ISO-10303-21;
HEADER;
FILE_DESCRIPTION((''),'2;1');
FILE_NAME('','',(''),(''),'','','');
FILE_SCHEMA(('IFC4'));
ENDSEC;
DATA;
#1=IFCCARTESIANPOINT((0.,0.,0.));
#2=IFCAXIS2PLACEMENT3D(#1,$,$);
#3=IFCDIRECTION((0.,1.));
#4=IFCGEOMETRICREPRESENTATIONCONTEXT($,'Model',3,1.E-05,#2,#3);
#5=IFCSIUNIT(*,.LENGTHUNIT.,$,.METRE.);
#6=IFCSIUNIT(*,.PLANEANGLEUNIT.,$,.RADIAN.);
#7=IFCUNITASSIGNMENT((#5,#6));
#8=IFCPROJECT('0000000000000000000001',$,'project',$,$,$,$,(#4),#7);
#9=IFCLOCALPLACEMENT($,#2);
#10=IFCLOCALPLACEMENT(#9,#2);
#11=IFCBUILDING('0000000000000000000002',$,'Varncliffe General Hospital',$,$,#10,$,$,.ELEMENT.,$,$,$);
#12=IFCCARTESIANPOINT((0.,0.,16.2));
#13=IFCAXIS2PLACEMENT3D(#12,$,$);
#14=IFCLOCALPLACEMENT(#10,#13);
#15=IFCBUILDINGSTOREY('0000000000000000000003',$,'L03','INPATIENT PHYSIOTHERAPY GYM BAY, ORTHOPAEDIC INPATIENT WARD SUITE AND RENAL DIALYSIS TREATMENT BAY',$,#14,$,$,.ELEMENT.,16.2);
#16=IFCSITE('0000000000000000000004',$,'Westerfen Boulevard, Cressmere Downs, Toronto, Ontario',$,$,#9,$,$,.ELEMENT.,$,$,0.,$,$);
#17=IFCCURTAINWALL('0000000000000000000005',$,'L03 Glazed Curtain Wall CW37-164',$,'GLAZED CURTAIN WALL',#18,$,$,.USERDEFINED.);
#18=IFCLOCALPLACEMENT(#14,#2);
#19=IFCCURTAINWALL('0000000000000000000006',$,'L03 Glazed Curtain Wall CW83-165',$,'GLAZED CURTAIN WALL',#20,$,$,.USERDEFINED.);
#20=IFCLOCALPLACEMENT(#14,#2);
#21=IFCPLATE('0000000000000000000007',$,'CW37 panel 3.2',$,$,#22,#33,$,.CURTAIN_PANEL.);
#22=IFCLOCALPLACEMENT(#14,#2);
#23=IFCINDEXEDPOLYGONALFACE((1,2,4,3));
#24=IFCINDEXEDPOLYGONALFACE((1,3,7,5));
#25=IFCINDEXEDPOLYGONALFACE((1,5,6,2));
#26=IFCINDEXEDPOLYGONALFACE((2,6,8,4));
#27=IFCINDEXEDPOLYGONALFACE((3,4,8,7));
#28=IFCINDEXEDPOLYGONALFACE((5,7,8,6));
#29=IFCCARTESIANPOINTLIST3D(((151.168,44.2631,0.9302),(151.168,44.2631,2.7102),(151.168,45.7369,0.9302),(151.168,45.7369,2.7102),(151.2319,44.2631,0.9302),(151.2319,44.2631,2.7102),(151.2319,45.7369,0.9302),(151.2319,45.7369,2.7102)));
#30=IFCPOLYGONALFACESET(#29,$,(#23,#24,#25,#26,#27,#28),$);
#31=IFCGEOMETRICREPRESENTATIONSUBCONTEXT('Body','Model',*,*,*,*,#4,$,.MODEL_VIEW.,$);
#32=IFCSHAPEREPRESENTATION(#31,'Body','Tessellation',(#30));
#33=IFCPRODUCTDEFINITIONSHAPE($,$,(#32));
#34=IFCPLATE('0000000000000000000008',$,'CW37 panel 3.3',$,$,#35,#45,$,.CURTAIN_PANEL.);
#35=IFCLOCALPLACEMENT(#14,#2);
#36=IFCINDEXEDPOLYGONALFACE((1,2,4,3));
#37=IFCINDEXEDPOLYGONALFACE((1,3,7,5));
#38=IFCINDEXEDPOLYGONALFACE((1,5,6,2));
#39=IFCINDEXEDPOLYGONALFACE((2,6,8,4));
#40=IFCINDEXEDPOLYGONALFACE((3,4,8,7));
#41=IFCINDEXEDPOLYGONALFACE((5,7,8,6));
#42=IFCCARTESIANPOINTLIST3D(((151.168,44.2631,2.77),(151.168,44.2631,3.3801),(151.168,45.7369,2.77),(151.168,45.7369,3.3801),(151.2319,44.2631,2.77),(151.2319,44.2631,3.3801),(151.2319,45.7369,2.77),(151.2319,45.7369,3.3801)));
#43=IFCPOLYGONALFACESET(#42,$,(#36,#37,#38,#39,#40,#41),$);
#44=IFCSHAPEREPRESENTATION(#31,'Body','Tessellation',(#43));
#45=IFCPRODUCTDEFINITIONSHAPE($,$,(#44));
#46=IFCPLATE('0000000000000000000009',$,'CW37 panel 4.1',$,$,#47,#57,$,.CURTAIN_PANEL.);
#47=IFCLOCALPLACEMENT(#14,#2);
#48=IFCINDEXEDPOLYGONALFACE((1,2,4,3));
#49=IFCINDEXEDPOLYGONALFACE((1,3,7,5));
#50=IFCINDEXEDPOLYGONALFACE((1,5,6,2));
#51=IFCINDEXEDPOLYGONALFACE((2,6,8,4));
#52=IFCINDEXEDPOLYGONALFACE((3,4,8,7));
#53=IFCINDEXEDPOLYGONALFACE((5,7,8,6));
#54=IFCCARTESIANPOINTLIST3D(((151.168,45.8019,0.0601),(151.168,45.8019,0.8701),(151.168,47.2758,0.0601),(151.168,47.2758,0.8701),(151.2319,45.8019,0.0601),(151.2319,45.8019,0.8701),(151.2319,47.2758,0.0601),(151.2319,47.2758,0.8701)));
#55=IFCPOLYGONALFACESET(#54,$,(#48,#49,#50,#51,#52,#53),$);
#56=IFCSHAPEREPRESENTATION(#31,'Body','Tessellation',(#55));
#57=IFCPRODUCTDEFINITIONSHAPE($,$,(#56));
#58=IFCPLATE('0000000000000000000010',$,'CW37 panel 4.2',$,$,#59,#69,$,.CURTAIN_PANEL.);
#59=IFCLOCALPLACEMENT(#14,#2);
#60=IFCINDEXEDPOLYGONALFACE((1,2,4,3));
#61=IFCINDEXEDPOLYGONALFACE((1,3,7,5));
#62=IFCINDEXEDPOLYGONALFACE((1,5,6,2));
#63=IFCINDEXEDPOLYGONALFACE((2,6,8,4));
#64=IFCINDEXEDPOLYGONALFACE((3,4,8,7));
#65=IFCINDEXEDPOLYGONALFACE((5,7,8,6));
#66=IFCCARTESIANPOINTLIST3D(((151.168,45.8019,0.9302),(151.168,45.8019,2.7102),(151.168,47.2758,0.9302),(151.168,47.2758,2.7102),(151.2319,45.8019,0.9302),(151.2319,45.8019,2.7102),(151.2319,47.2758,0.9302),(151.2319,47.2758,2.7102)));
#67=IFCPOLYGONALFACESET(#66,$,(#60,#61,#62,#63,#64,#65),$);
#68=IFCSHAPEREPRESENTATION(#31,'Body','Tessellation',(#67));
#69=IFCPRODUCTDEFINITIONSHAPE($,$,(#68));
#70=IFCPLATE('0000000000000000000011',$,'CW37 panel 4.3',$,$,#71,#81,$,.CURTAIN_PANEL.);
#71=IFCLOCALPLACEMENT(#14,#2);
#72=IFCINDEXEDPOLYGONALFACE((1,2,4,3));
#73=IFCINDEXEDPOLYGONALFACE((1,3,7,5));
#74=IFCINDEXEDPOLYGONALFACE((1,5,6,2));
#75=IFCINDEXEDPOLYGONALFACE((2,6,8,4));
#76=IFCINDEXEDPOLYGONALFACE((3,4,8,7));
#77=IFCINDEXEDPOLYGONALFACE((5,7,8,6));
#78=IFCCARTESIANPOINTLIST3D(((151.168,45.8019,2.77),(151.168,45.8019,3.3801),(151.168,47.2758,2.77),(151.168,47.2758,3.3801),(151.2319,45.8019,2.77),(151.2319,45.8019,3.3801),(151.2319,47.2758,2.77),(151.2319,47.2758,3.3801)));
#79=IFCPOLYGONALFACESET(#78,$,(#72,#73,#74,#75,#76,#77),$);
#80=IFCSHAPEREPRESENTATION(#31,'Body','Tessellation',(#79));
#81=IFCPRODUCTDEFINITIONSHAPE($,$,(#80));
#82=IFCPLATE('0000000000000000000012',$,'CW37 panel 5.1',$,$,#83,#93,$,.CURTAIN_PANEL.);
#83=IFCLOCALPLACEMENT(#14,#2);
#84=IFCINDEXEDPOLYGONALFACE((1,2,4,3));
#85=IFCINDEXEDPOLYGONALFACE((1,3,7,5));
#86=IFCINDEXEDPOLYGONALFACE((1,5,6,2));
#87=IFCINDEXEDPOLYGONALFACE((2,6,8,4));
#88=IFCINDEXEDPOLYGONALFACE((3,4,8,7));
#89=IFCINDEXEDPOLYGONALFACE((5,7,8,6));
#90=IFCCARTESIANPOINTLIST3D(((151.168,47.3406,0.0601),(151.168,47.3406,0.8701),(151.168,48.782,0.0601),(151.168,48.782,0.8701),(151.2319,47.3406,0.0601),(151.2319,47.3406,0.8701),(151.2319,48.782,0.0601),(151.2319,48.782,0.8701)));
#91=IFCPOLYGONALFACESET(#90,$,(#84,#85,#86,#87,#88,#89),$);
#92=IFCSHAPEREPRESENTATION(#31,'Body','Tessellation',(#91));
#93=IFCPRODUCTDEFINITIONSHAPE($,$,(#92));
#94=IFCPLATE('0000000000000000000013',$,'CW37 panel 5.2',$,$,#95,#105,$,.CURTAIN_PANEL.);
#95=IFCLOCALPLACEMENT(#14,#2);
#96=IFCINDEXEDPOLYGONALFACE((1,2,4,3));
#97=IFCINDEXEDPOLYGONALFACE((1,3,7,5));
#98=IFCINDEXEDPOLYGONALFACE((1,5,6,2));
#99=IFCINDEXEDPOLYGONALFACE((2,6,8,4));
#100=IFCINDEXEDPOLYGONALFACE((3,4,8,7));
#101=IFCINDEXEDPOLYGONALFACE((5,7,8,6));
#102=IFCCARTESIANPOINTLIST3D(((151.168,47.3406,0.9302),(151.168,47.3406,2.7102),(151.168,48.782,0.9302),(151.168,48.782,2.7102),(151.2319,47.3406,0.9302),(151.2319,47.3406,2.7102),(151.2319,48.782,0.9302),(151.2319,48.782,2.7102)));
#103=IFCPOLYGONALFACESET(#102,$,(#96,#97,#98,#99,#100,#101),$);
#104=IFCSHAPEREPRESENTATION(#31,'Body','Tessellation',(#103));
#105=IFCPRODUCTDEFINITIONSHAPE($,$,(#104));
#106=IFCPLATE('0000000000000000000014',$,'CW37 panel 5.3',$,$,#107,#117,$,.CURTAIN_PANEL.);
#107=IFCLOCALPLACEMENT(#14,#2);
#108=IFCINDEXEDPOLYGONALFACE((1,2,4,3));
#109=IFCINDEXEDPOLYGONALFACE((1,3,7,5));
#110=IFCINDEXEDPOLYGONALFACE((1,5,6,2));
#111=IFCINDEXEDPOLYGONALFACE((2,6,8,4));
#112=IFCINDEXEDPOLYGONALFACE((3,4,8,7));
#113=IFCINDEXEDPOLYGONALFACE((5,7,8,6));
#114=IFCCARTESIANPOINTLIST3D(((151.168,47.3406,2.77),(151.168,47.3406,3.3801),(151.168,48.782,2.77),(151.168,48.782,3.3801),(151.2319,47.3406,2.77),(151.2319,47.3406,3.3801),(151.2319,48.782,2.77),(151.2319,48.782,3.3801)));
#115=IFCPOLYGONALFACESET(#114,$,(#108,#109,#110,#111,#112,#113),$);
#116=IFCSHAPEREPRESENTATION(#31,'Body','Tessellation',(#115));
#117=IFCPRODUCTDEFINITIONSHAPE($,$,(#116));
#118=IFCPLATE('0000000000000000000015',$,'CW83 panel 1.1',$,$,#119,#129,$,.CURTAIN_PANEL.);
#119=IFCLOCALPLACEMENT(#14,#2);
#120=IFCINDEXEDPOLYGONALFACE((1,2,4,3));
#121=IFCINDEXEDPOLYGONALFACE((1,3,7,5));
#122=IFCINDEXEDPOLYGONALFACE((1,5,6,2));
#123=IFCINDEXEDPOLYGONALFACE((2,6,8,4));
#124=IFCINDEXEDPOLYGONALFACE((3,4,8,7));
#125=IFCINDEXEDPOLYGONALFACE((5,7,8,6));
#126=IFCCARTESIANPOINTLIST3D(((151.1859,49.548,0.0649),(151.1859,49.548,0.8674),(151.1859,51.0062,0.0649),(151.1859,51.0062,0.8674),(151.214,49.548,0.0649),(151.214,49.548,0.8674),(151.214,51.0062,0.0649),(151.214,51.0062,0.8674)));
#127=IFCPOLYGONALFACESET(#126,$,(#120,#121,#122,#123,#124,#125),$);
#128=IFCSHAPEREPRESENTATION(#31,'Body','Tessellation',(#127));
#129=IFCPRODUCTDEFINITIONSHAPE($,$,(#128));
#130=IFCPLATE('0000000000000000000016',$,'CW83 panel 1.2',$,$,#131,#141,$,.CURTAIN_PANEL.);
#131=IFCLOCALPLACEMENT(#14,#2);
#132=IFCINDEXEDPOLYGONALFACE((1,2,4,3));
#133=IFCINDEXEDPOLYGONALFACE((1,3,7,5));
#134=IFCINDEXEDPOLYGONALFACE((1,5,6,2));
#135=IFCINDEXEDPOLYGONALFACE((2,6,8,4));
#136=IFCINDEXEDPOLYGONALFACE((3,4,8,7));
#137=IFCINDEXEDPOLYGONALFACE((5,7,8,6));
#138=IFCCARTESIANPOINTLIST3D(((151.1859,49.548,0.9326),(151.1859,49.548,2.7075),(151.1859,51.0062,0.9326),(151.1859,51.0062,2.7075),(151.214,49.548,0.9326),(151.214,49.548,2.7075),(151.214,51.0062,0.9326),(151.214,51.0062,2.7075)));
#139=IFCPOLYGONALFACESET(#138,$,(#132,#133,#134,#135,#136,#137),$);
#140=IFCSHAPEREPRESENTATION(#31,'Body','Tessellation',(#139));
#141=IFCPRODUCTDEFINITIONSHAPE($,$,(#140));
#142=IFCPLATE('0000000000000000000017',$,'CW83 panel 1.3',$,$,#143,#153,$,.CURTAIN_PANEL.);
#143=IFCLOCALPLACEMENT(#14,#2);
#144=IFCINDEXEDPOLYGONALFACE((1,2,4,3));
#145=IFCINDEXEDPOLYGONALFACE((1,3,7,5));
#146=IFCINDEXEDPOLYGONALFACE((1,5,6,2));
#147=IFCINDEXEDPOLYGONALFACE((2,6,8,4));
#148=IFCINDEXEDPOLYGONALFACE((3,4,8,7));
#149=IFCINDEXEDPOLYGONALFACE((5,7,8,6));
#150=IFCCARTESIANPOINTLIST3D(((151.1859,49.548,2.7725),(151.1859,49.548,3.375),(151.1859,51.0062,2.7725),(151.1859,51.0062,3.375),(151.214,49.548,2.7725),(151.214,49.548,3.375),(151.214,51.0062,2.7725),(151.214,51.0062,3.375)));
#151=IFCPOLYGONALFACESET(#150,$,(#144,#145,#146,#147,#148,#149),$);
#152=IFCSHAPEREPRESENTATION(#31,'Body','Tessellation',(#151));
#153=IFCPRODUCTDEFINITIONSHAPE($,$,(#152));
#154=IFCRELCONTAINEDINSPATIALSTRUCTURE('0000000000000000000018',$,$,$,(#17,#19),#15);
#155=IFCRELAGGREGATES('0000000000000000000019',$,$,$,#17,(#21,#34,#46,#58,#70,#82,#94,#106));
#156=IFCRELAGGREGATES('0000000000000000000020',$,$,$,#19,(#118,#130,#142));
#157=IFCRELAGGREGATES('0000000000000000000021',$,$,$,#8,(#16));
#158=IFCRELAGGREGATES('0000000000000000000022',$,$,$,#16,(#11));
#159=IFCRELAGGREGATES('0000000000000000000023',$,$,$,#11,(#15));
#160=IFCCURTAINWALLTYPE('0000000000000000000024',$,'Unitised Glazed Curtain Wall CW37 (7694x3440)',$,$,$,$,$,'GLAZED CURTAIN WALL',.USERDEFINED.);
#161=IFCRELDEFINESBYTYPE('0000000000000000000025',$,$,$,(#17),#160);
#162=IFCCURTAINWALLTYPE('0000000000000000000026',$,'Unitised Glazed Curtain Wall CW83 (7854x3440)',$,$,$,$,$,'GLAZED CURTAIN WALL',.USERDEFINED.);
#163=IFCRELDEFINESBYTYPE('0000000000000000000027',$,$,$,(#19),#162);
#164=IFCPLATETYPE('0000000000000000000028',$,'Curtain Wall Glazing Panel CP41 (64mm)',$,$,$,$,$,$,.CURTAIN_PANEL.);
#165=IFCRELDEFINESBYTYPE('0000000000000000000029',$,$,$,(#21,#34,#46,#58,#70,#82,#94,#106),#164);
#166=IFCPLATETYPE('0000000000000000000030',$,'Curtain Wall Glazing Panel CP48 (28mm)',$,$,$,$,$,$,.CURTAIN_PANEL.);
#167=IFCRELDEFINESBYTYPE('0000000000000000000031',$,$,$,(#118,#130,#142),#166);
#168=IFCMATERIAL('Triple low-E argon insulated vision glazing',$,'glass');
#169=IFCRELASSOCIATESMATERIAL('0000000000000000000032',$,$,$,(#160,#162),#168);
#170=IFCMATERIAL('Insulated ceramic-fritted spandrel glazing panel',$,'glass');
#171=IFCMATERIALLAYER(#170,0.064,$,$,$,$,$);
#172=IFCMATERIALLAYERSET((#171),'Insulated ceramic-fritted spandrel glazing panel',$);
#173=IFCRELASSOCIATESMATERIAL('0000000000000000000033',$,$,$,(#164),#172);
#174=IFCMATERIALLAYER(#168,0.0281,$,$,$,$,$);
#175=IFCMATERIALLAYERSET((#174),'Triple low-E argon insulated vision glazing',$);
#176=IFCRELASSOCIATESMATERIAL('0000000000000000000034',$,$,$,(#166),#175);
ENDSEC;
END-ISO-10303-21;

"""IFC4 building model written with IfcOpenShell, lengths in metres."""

from ifc_helpers import new_model, si_unit, direction, frame, origin, origin_2d, place, context, subcontext, project, spatial, rectangle, extrude, material, layer, layer_set, type_object, element, aggregate, save


model = new_model("IFC4")

# Units and contexts
model_context = context("Model", 3, precision=1e-05, world=origin(), true_north=direction((0.0, 1.0)))
body_context = subcontext(model_context, "Body", "Model", "MODEL_VIEW")
ifc_project = project(units=[si_unit("LENGTHUNIT", "METRE"), si_unit("PLANEANGLEUNIT", "RADIAN")], contexts=[model_context])

# Site, building, storey
site_placement = place(None, origin())
site = spatial("IfcSite", under=ifc_project, at=site_placement, Name="Westerfen Boulevard, Cressmere Downs, Toronto, Ontario", CompositionType="ELEMENT", RefElevation=0.0)
building_placement = place(site_placement, origin())
building = spatial("IfcBuilding", under=site, at=building_placement, Name="Varncliffe General Hospital", CompositionType="ELEMENT")
storey_placement = place(building_placement, frame((0.0, 0.0, 16.2)))
storey = spatial("IfcBuildingStorey", under=building, at=storey_placement, Name="L03", Description="INPATIENT PHYSIOTHERAPY GYM BAY, ORTHOPAEDIC INPATIENT WARD SUITE AND RENAL DIALYSIS TREATMENT BAY", CompositionType="ELEMENT", Elevation=16.2)

# Curtain walls
ifc_material_1 = material(Name="Triple low-E argon insulated vision glazing", Category="glass")
curtain_wall_type_1 = type_object("IfcCurtainWallType", Name="Unitised Glazed Curtain Wall CW37 (7694x3440)", ElementType="GLAZED CURTAIN WALL", PredefinedType="USERDEFINED", material=ifc_material_1)
curtain_wall_1_placement = place(storey_placement, origin())
curtain_wall_1 = element("IfcCurtainWall", 1, at=curtain_wall_1_placement, inside=storey, type_object=curtain_wall_type_1, Name="L03 Glazed Curtain Wall CW37-164", ObjectType="GLAZED CURTAIN WALL", PredefinedType="USERDEFINED")
curtain_wall_type_2 = type_object("IfcCurtainWallType", Name="Unitised Glazed Curtain Wall CW83 (7854x3440)", ElementType="GLAZED CURTAIN WALL", PredefinedType="USERDEFINED", material=ifc_material_1)
curtain_wall_2_placement = place(storey_placement, origin())
curtain_wall_2 = element("IfcCurtainWall", 2, at=curtain_wall_2_placement, inside=storey, type_object=curtain_wall_type_2, Name="L03 Glazed Curtain Wall CW83-165", ObjectType="GLAZED CURTAIN WALL", PredefinedType="USERDEFINED")

# Plates
ifc_material_2 = material(Name="Insulated ceramic-fritted spandrel glazing panel", Category="glass")
ifc_layer_1 = layer(ifc_material_2, 0.064)
ifc_layer_set_1 = layer_set([ifc_layer_1], Name="Insulated ceramic-fritted spandrel glazing panel")
plate_type_1 = type_object("IfcPlateType", Name="Curtain Wall Glazing Panel CP41 (64mm)", PredefinedType="CURTAIN_PANEL", material=ifc_layer_set_1)
plate_1_placement = place(storey_placement, frame((151.2, 45.0, 0.9302), z_axis=(0.0, 0.0, 1.0), x_axis=(0.0, 1.0, 0.0)))
plate_1 = element("IfcPlate", 3, at=plate_1_placement, type_object=plate_type_1, Name="CW37 panel 3.2", PredefinedType="CURTAIN_PANEL", context=body_context, shape_type="SweptSolid", body=[
    extrude(rectangle(XDim=1.4739, YDim=0.064, at=origin_2d()), origin(), (0.0, 0.0, 1.0), 1.78),
])
plate_2_placement = place(storey_placement, frame((151.2, 45.0, 2.77), z_axis=(0.0, 0.0, 1.0), x_axis=(0.0, 1.0, 0.0)))
plate_2 = element("IfcPlate", 4, at=plate_2_placement, type_object=plate_type_1, Name="CW37 panel 3.3", PredefinedType="CURTAIN_PANEL", context=body_context, shape_type="SweptSolid", body=[
    extrude(rectangle(XDim=1.4739, YDim=0.064, at=origin_2d()), origin(), (0.0, 0.0, 1.0), 0.6101),
])
plate_3_placement = place(storey_placement, frame((151.2, 46.5388, 0.0601), z_axis=(0.0, 0.0, 1.0), x_axis=(0.0, 1.0, 0.0)))
plate_3 = element("IfcPlate", 5, at=plate_3_placement, type_object=plate_type_1, Name="CW37 panel 4.1", PredefinedType="CURTAIN_PANEL", context=body_context, shape_type="SweptSolid", body=[
    extrude(rectangle(XDim=1.4739, YDim=0.064, at=origin_2d()), origin(), (0.0, 0.0, 1.0), 0.8101),
])
plate_4_placement = place(storey_placement, frame((151.2, 46.5388, 0.9302), z_axis=(0.0, 0.0, 1.0), x_axis=(0.0, 1.0, 0.0)))
plate_4 = element("IfcPlate", 6, at=plate_4_placement, type_object=plate_type_1, Name="CW37 panel 4.2", PredefinedType="CURTAIN_PANEL", context=body_context, shape_type="SweptSolid", body=[
    extrude(rectangle(XDim=1.4739, YDim=0.064, at=origin_2d()), origin(), (0.0, 0.0, 1.0), 1.78),
])
plate_5_placement = place(storey_placement, frame((151.2, 46.5388, 2.77), z_axis=(0.0, 0.0, 1.0), x_axis=(0.0, 1.0, 0.0)))
plate_5 = element("IfcPlate", 7, at=plate_5_placement, type_object=plate_type_1, Name="CW37 panel 4.3", PredefinedType="CURTAIN_PANEL", context=body_context, shape_type="SweptSolid", body=[
    extrude(rectangle(XDim=1.4739, YDim=0.064, at=origin_2d()), origin(), (0.0, 0.0, 1.0), 0.6101),
])
plate_6_placement = place(storey_placement, frame((151.2, 48.0613, 0.0601), z_axis=(0.0, 0.0, 1.0), x_axis=(0.0, 1.0, 0.0)))
plate_6 = element("IfcPlate", 8, at=plate_6_placement, type_object=plate_type_1, Name="CW37 panel 5.1", PredefinedType="CURTAIN_PANEL", context=body_context, shape_type="SweptSolid", body=[
    extrude(rectangle(XDim=1.4414, YDim=0.064, at=origin_2d()), origin(), (0.0, 0.0, 1.0), 0.8101),
])
plate_7_placement = place(storey_placement, frame((151.2, 48.0613, 0.9302), z_axis=(0.0, 0.0, 1.0), x_axis=(0.0, 1.0, 0.0)))
plate_7 = element("IfcPlate", 9, at=plate_7_placement, type_object=plate_type_1, Name="CW37 panel 5.2", PredefinedType="CURTAIN_PANEL", context=body_context, shape_type="SweptSolid", body=[
    extrude(rectangle(XDim=1.4414, YDim=0.064, at=origin_2d()), origin(), (0.0, 0.0, 1.0), 1.78),
])
plate_8_placement = place(storey_placement, frame((151.2, 48.0613, 2.77), z_axis=(0.0, 0.0, 1.0), x_axis=(0.0, 1.0, 0.0)))
plate_8 = element("IfcPlate", 10, at=plate_8_placement, type_object=plate_type_1, Name="CW37 panel 5.3", PredefinedType="CURTAIN_PANEL", context=body_context, shape_type="SweptSolid", body=[
    extrude(rectangle(XDim=1.4414, YDim=0.064, at=origin_2d()), origin(), (0.0, 0.0, 1.0), 0.6101),
])
aggregate(curtain_wall_1, [plate_1, plate_2, plate_3, plate_4, plate_5, plate_6, plate_7, plate_8])
ifc_layer_2 = layer(ifc_material_1, 0.0281)
ifc_layer_set_2 = layer_set([ifc_layer_2], Name="Triple low-E argon insulated vision glazing")
plate_type_2 = type_object("IfcPlateType", Name="Curtain Wall Glazing Panel CP48 (28mm)", PredefinedType="CURTAIN_PANEL", material=ifc_layer_set_2)
plate_9_placement = place(storey_placement, frame((151.2, 50.2771, 0.0649), z_axis=(0.0, 0.0, 1.0), x_axis=(0.0, 1.0, 0.0)))
plate_9 = element("IfcPlate", 11, at=plate_9_placement, type_object=plate_type_2, Name="CW83 panel 1.1", PredefinedType="CURTAIN_PANEL", context=body_context, shape_type="SweptSolid", body=[
    extrude(rectangle(XDim=1.4583, YDim=0.0281, at=origin_2d()), origin(), (0.0, 0.0, 1.0), 0.8025),
])
plate_10_placement = place(storey_placement, frame((151.2, 50.2771, 0.9326), z_axis=(0.0, 0.0, 1.0), x_axis=(0.0, 1.0, 0.0)))
plate_10 = element("IfcPlate", 12, at=plate_10_placement, type_object=plate_type_2, Name="CW83 panel 1.2", PredefinedType="CURTAIN_PANEL", context=body_context, shape_type="SweptSolid", body=[
    extrude(rectangle(XDim=1.4583, YDim=0.0281, at=origin_2d()), origin(), (0.0, 0.0, 1.0), 1.7749),
])
plate_11_placement = place(storey_placement, frame((151.2, 50.2771, 2.7725), z_axis=(0.0, 0.0, 1.0), x_axis=(0.0, 1.0, 0.0)))
plate_11 = element("IfcPlate", 13, at=plate_11_placement, type_object=plate_type_2, Name="CW83 panel 1.3", PredefinedType="CURTAIN_PANEL", context=body_context, shape_type="SweptSolid", body=[
    extrude(rectangle(XDim=1.4583, YDim=0.0281, at=origin_2d()), origin(), (0.0, 0.0, 1.0), 0.6025),
])
aggregate(curtain_wall_2, [plate_9, plate_10, plate_11])

save(model, "model.ifc")
